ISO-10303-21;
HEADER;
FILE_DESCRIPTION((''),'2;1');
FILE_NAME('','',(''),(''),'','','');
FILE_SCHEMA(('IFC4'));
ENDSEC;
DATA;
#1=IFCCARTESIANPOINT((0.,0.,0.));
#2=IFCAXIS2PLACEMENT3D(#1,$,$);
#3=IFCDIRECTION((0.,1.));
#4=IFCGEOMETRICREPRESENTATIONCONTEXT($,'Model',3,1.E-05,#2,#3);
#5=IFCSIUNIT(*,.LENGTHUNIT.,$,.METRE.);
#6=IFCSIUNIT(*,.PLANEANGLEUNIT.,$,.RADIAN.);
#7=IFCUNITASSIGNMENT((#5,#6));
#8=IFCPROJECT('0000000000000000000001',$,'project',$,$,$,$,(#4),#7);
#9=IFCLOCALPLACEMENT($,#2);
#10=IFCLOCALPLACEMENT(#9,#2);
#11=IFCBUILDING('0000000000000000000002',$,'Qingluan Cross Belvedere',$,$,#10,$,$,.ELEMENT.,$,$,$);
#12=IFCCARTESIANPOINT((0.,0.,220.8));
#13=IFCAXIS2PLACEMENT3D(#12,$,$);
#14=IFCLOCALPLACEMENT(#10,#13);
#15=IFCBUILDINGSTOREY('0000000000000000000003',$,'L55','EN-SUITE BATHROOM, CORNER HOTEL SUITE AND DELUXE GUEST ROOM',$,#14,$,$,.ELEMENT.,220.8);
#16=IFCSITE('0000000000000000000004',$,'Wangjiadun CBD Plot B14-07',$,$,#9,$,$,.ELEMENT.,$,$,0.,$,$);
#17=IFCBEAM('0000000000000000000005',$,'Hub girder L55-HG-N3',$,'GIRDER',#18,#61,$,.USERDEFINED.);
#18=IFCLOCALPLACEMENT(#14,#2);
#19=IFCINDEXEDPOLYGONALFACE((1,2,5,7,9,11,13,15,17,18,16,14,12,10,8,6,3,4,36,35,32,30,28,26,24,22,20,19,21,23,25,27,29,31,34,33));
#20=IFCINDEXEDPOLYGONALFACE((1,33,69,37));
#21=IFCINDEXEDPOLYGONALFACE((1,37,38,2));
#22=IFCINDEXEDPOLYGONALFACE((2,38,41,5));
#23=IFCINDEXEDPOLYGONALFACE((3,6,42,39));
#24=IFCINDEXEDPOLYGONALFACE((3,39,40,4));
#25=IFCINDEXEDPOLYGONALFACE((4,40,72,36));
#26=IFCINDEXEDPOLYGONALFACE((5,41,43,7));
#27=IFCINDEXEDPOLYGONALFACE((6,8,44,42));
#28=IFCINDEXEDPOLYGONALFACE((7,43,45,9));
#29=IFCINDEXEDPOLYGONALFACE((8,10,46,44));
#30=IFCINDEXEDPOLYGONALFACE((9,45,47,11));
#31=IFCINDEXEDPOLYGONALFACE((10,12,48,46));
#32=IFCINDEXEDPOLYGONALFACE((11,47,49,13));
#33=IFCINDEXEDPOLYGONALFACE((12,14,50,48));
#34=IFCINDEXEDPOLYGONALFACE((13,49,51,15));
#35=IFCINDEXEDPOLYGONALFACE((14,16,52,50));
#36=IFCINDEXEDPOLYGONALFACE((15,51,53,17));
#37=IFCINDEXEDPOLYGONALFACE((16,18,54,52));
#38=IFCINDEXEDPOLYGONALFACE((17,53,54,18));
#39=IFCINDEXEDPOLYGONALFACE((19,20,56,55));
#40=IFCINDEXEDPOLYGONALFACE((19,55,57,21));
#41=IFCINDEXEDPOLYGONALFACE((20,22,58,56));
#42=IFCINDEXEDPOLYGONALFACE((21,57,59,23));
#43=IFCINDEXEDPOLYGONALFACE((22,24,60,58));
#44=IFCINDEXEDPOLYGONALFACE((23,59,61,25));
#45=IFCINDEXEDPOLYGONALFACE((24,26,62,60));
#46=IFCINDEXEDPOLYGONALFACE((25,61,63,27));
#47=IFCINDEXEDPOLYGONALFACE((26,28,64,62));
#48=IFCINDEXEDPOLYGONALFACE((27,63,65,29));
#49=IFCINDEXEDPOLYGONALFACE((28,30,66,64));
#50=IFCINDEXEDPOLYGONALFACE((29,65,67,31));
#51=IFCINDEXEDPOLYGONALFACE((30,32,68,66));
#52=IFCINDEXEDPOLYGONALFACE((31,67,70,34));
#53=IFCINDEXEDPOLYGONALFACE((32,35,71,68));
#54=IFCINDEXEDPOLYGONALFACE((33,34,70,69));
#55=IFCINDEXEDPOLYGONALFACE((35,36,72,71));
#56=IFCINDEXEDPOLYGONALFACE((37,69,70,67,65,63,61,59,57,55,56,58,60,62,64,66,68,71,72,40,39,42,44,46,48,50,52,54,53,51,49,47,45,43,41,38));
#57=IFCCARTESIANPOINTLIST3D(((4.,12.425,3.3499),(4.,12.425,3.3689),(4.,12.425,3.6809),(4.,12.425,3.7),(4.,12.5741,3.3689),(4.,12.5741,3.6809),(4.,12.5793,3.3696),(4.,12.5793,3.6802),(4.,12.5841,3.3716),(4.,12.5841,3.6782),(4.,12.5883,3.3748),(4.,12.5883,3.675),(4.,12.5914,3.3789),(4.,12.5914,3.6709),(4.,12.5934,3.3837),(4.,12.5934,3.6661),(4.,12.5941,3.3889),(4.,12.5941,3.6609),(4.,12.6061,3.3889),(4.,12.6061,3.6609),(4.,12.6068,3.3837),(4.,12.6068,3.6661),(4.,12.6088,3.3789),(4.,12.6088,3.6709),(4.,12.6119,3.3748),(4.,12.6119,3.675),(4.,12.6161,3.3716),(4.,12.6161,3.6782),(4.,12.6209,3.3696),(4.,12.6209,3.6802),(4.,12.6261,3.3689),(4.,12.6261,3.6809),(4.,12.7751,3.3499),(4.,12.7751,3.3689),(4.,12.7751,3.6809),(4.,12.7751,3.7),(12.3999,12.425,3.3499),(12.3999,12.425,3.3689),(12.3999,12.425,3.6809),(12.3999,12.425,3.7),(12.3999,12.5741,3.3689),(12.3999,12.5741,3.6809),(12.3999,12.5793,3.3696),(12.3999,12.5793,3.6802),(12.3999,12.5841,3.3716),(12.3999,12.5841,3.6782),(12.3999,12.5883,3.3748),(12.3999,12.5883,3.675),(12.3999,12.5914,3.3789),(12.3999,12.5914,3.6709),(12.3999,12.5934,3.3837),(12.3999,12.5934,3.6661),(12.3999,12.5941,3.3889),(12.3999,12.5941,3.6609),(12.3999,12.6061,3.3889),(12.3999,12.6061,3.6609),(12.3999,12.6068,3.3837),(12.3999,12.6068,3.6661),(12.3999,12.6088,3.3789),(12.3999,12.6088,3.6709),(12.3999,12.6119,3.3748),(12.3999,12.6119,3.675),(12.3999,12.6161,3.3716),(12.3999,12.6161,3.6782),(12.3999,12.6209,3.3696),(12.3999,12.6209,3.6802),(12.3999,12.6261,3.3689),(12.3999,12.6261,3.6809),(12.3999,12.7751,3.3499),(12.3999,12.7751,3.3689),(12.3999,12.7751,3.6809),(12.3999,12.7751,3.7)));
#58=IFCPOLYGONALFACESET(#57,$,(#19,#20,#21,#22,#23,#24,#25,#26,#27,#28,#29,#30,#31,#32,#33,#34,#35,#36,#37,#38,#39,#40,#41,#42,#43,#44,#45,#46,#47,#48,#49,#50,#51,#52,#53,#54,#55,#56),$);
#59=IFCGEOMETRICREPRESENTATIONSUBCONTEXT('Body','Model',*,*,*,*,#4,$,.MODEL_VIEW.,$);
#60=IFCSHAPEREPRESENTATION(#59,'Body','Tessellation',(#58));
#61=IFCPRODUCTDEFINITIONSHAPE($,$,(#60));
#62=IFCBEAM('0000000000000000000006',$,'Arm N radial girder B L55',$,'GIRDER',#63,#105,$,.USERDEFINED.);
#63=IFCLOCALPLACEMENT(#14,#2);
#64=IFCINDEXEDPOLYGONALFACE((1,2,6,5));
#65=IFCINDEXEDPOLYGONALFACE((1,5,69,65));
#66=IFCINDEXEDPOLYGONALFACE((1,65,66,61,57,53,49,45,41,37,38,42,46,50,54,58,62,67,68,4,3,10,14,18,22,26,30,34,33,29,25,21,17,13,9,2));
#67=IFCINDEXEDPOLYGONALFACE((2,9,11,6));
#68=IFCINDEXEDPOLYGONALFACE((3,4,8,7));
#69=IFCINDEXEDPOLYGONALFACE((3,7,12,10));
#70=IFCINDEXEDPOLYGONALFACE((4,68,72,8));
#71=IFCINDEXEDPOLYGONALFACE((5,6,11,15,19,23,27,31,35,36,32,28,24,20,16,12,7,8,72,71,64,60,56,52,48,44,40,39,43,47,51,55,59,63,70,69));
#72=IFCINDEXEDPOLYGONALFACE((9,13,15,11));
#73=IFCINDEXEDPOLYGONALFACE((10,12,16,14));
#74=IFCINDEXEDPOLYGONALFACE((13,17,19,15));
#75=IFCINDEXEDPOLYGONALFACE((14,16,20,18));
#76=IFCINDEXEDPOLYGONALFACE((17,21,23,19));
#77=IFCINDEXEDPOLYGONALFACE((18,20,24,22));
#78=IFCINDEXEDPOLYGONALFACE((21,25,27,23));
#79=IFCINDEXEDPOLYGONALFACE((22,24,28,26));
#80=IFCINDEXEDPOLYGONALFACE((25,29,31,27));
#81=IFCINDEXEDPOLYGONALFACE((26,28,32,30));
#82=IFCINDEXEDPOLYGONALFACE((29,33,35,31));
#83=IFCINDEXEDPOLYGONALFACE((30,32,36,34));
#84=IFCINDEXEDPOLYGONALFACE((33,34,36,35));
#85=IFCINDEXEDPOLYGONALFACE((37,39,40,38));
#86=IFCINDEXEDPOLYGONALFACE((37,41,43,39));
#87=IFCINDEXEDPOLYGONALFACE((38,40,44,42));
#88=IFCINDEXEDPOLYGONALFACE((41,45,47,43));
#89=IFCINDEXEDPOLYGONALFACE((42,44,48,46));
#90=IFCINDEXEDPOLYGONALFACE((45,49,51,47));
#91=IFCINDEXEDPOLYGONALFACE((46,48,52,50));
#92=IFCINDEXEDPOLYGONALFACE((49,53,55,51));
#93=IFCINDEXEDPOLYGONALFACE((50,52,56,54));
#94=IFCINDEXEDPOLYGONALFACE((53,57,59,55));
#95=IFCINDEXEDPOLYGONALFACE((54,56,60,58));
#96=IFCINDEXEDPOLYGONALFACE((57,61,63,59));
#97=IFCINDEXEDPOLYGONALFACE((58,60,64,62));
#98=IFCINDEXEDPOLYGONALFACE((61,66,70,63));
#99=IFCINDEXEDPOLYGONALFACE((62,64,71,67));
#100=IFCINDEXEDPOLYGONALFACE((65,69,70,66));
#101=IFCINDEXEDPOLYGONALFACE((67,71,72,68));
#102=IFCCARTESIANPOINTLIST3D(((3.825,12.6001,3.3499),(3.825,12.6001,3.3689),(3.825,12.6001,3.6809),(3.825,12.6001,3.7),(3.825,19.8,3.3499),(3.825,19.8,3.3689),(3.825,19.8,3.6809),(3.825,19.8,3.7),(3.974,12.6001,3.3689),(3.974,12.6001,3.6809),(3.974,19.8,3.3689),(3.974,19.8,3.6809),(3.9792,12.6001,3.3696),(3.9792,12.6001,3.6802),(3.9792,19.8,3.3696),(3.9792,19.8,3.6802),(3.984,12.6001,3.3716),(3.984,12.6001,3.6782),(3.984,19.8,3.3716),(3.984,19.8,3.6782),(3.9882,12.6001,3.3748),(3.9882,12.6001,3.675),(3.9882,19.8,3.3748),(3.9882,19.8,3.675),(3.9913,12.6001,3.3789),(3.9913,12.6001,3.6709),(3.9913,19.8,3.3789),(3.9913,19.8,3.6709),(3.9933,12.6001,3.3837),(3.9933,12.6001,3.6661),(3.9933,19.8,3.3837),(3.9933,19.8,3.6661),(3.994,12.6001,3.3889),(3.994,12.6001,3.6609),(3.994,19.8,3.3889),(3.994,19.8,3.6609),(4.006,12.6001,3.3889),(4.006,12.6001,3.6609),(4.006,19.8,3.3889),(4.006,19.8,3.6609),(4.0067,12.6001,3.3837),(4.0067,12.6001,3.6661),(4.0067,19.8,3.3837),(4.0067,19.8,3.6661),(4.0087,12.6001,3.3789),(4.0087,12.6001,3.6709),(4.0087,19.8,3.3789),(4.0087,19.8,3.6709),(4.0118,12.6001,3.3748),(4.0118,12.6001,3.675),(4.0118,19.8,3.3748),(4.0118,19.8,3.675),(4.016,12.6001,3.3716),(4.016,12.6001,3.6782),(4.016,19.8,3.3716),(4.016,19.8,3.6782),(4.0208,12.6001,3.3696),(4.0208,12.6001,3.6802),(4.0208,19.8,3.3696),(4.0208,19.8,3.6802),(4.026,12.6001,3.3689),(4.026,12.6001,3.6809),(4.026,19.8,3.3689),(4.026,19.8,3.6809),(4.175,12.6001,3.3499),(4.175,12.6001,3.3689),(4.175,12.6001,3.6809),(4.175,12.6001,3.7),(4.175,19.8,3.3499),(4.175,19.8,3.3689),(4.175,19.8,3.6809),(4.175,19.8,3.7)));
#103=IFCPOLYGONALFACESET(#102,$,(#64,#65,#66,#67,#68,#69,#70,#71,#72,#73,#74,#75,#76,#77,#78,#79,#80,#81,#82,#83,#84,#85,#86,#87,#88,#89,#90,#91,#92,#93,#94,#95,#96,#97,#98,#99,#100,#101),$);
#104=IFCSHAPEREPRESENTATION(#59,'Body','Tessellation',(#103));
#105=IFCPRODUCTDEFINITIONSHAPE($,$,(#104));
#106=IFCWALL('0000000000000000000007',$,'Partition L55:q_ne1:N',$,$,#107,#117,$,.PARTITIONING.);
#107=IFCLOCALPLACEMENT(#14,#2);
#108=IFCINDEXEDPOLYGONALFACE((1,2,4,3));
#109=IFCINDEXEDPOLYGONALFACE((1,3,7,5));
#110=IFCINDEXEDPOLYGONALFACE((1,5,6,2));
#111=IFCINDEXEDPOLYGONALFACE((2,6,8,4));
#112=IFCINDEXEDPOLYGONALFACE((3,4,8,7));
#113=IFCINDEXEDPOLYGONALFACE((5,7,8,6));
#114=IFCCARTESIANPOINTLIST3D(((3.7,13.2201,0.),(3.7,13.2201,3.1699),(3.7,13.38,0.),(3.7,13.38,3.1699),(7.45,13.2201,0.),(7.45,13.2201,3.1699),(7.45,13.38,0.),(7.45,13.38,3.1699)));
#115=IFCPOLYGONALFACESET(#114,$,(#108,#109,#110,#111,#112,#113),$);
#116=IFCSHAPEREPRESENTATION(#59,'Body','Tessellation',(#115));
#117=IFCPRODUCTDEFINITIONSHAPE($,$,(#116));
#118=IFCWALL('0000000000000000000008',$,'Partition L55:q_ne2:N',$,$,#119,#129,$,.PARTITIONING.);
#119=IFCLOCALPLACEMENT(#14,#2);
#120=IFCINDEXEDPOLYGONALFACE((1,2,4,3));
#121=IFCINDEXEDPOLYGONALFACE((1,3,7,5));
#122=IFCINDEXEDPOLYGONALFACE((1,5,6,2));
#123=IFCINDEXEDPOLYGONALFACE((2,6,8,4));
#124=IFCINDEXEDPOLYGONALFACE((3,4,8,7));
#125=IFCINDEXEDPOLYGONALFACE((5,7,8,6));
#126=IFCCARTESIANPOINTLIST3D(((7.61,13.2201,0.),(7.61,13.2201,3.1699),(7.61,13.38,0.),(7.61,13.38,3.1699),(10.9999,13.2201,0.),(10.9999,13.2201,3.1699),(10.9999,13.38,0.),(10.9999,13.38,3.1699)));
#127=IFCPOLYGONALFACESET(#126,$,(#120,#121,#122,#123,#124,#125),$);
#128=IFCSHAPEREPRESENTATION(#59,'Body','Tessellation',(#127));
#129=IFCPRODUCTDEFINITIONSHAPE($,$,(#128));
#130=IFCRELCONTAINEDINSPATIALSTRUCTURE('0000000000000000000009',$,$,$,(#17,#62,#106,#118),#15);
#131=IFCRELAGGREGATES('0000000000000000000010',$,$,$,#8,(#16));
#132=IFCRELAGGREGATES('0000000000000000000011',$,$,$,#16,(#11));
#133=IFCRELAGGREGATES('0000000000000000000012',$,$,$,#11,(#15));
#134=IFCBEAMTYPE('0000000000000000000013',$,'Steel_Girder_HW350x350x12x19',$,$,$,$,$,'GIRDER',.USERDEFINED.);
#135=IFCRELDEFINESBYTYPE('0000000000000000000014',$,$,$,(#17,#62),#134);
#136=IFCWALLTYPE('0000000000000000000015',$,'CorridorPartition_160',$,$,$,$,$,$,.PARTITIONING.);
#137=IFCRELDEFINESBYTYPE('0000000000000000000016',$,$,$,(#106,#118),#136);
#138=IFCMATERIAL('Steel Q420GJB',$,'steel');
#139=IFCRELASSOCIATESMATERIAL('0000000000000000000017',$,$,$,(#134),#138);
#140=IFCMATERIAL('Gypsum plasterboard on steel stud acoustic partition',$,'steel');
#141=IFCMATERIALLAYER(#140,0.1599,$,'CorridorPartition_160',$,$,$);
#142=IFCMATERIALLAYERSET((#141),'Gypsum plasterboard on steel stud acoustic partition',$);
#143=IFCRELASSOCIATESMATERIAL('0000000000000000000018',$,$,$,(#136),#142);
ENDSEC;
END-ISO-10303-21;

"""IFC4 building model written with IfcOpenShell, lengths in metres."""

from ifc_helpers import new_model, si_unit, direction, frame, frame_2d, origin, origin_2d, place, context, subcontext, project, spatial, rectangle, i_section, extrude, material, layer, layer_set, material_profile, profile_set, type_object, element, save


model = new_model("IFC4")

# Units and contexts
model_context = context("Model", 3, precision=1e-05, world=origin(), true_north=direction((0.0, 1.0)))
body_context = subcontext(model_context, "Body", "Model", "MODEL_VIEW")
ifc_project = project(units=[si_unit("LENGTHUNIT", "METRE"), si_unit("PLANEANGLEUNIT", "RADIAN")], contexts=[model_context])

# Site, building, storey
site_placement = place(None, origin())
site = spatial("IfcSite", under=ifc_project, at=site_placement, Name="Wangjiadun CBD Plot B14-07", CompositionType="ELEMENT", RefElevation=0.0)
building_placement = place(site_placement, origin())
building = spatial("IfcBuilding", under=site, at=building_placement, Name="Qingluan Cross Belvedere", CompositionType="ELEMENT")
storey_placement = place(building_placement, frame((0.0, 0.0, 220.8)))
storey = spatial("IfcBuildingStorey", under=building, at=storey_placement, Name="L55", Description="EN-SUITE BATHROOM, CORNER HOTEL SUITE AND DELUXE GUEST ROOM", CompositionType="ELEMENT", Elevation=220.8)

# Beams
ifc_material_1 = material(Name="Steel Q420GJB", Category="steel")
ifc_material_profile_1 = material_profile(ifc_material_1, i_section(OverallWidth=0.3501, OverallDepth=0.3501, WebThickness=0.012, FlangeThickness=0.019, FilletRadius=0.02, at=origin_2d()), Name="HW350x350x12x19")
ifc_profile_set_1 = profile_set([ifc_material_profile_1], Name="Steel Q420GJB")
beam_type_1 = type_object("IfcBeamType", Name="Steel_Girder_HW350x350x12x19", ElementType="GIRDER", PredefinedType="USERDEFINED", material=ifc_profile_set_1)
beam_1_placement = place(storey_placement, frame((4.0, 12.6001, 3.5249), z_axis=(1.0, 0.0, 0.0), x_axis=(0.0, 1.0, 0.0)))
element("IfcBeam", 1, at=beam_1_placement, inside=storey, type_object=beam_type_1, Name="Hub girder L55-HG-N3", ObjectType="GIRDER", PredefinedType="USERDEFINED", context=body_context, shape_type="SweptSolid", body=[
    extrude(i_section(OverallWidth=0.3501, OverallDepth=0.3501, WebThickness=0.012, FlangeThickness=0.019, FilletRadius=0.02, at=origin_2d()), origin(), (0.0, 0.0, 1.0), 8.3999),
])
beam_2_placement = place(storey_placement, frame((4.0, 12.6001, 3.5249), z_axis=(0.0, 1.0, 0.0), x_axis=(-1.0, 0.0, 0.0)))
element("IfcBeam", 2, at=beam_2_placement, inside=storey, type_object=beam_type_1, Name="Arm N radial girder B L55", ObjectType="GIRDER", PredefinedType="USERDEFINED", context=body_context, shape_type="SweptSolid", body=[
    extrude(i_section(OverallWidth=0.3501, OverallDepth=0.3501, WebThickness=0.012, FlangeThickness=0.019, FilletRadius=0.02, at=origin_2d()), origin(), (0.0, 0.0, 1.0), 7.2),
])

# Walls
ifc_material_2 = material(Name="Gypsum plasterboard on steel stud acoustic partition", Category="steel")
ifc_layer_1 = layer(ifc_material_2, 0.1599, Name="CorridorPartition_160")
ifc_layer_set_1 = layer_set([ifc_layer_1], Name="Gypsum plasterboard on steel stud acoustic partition")
wall_type_1 = type_object("IfcWallType", Name="CorridorPartition_160", PredefinedType="PARTITIONING", material=ifc_layer_set_1)
wall_1_placement = place(storey_placement, frame((3.7, 13.3, 0.0), z_axis=(0.0, 0.0, 1.0), x_axis=(1.0, 0.0, 0.0)))
element("IfcWall", 3, at=wall_1_placement, inside=storey, type_object=wall_type_1, Name="Partition L55:q_ne1:N", PredefinedType="PARTITIONING", context=body_context, shape_type="SweptSolid", body=[
    extrude(rectangle(XDim=3.75, YDim=0.1599, at=frame_2d((1.875, 0.0))), origin(), (0.0, 0.0, 1.0), 3.1699),
])
wall_2_placement = place(storey_placement, frame((7.6101, 13.3, 0.0), z_axis=(0.0, 0.0, 1.0), x_axis=(1.0, 0.0, 0.0)))
element("IfcWall", 4, at=wall_2_placement, inside=storey, type_object=wall_type_1, Name="Partition L55:q_ne2:N", PredefinedType="PARTITIONING", context=body_context, shape_type="SweptSolid", body=[
    extrude(rectangle(XDim=3.3899, YDim=0.1599, at=frame_2d((1.6948, 0.0))), origin(), (0.0, 0.0, 1.0), 3.1699),
])

save(model, "model.ifc")
